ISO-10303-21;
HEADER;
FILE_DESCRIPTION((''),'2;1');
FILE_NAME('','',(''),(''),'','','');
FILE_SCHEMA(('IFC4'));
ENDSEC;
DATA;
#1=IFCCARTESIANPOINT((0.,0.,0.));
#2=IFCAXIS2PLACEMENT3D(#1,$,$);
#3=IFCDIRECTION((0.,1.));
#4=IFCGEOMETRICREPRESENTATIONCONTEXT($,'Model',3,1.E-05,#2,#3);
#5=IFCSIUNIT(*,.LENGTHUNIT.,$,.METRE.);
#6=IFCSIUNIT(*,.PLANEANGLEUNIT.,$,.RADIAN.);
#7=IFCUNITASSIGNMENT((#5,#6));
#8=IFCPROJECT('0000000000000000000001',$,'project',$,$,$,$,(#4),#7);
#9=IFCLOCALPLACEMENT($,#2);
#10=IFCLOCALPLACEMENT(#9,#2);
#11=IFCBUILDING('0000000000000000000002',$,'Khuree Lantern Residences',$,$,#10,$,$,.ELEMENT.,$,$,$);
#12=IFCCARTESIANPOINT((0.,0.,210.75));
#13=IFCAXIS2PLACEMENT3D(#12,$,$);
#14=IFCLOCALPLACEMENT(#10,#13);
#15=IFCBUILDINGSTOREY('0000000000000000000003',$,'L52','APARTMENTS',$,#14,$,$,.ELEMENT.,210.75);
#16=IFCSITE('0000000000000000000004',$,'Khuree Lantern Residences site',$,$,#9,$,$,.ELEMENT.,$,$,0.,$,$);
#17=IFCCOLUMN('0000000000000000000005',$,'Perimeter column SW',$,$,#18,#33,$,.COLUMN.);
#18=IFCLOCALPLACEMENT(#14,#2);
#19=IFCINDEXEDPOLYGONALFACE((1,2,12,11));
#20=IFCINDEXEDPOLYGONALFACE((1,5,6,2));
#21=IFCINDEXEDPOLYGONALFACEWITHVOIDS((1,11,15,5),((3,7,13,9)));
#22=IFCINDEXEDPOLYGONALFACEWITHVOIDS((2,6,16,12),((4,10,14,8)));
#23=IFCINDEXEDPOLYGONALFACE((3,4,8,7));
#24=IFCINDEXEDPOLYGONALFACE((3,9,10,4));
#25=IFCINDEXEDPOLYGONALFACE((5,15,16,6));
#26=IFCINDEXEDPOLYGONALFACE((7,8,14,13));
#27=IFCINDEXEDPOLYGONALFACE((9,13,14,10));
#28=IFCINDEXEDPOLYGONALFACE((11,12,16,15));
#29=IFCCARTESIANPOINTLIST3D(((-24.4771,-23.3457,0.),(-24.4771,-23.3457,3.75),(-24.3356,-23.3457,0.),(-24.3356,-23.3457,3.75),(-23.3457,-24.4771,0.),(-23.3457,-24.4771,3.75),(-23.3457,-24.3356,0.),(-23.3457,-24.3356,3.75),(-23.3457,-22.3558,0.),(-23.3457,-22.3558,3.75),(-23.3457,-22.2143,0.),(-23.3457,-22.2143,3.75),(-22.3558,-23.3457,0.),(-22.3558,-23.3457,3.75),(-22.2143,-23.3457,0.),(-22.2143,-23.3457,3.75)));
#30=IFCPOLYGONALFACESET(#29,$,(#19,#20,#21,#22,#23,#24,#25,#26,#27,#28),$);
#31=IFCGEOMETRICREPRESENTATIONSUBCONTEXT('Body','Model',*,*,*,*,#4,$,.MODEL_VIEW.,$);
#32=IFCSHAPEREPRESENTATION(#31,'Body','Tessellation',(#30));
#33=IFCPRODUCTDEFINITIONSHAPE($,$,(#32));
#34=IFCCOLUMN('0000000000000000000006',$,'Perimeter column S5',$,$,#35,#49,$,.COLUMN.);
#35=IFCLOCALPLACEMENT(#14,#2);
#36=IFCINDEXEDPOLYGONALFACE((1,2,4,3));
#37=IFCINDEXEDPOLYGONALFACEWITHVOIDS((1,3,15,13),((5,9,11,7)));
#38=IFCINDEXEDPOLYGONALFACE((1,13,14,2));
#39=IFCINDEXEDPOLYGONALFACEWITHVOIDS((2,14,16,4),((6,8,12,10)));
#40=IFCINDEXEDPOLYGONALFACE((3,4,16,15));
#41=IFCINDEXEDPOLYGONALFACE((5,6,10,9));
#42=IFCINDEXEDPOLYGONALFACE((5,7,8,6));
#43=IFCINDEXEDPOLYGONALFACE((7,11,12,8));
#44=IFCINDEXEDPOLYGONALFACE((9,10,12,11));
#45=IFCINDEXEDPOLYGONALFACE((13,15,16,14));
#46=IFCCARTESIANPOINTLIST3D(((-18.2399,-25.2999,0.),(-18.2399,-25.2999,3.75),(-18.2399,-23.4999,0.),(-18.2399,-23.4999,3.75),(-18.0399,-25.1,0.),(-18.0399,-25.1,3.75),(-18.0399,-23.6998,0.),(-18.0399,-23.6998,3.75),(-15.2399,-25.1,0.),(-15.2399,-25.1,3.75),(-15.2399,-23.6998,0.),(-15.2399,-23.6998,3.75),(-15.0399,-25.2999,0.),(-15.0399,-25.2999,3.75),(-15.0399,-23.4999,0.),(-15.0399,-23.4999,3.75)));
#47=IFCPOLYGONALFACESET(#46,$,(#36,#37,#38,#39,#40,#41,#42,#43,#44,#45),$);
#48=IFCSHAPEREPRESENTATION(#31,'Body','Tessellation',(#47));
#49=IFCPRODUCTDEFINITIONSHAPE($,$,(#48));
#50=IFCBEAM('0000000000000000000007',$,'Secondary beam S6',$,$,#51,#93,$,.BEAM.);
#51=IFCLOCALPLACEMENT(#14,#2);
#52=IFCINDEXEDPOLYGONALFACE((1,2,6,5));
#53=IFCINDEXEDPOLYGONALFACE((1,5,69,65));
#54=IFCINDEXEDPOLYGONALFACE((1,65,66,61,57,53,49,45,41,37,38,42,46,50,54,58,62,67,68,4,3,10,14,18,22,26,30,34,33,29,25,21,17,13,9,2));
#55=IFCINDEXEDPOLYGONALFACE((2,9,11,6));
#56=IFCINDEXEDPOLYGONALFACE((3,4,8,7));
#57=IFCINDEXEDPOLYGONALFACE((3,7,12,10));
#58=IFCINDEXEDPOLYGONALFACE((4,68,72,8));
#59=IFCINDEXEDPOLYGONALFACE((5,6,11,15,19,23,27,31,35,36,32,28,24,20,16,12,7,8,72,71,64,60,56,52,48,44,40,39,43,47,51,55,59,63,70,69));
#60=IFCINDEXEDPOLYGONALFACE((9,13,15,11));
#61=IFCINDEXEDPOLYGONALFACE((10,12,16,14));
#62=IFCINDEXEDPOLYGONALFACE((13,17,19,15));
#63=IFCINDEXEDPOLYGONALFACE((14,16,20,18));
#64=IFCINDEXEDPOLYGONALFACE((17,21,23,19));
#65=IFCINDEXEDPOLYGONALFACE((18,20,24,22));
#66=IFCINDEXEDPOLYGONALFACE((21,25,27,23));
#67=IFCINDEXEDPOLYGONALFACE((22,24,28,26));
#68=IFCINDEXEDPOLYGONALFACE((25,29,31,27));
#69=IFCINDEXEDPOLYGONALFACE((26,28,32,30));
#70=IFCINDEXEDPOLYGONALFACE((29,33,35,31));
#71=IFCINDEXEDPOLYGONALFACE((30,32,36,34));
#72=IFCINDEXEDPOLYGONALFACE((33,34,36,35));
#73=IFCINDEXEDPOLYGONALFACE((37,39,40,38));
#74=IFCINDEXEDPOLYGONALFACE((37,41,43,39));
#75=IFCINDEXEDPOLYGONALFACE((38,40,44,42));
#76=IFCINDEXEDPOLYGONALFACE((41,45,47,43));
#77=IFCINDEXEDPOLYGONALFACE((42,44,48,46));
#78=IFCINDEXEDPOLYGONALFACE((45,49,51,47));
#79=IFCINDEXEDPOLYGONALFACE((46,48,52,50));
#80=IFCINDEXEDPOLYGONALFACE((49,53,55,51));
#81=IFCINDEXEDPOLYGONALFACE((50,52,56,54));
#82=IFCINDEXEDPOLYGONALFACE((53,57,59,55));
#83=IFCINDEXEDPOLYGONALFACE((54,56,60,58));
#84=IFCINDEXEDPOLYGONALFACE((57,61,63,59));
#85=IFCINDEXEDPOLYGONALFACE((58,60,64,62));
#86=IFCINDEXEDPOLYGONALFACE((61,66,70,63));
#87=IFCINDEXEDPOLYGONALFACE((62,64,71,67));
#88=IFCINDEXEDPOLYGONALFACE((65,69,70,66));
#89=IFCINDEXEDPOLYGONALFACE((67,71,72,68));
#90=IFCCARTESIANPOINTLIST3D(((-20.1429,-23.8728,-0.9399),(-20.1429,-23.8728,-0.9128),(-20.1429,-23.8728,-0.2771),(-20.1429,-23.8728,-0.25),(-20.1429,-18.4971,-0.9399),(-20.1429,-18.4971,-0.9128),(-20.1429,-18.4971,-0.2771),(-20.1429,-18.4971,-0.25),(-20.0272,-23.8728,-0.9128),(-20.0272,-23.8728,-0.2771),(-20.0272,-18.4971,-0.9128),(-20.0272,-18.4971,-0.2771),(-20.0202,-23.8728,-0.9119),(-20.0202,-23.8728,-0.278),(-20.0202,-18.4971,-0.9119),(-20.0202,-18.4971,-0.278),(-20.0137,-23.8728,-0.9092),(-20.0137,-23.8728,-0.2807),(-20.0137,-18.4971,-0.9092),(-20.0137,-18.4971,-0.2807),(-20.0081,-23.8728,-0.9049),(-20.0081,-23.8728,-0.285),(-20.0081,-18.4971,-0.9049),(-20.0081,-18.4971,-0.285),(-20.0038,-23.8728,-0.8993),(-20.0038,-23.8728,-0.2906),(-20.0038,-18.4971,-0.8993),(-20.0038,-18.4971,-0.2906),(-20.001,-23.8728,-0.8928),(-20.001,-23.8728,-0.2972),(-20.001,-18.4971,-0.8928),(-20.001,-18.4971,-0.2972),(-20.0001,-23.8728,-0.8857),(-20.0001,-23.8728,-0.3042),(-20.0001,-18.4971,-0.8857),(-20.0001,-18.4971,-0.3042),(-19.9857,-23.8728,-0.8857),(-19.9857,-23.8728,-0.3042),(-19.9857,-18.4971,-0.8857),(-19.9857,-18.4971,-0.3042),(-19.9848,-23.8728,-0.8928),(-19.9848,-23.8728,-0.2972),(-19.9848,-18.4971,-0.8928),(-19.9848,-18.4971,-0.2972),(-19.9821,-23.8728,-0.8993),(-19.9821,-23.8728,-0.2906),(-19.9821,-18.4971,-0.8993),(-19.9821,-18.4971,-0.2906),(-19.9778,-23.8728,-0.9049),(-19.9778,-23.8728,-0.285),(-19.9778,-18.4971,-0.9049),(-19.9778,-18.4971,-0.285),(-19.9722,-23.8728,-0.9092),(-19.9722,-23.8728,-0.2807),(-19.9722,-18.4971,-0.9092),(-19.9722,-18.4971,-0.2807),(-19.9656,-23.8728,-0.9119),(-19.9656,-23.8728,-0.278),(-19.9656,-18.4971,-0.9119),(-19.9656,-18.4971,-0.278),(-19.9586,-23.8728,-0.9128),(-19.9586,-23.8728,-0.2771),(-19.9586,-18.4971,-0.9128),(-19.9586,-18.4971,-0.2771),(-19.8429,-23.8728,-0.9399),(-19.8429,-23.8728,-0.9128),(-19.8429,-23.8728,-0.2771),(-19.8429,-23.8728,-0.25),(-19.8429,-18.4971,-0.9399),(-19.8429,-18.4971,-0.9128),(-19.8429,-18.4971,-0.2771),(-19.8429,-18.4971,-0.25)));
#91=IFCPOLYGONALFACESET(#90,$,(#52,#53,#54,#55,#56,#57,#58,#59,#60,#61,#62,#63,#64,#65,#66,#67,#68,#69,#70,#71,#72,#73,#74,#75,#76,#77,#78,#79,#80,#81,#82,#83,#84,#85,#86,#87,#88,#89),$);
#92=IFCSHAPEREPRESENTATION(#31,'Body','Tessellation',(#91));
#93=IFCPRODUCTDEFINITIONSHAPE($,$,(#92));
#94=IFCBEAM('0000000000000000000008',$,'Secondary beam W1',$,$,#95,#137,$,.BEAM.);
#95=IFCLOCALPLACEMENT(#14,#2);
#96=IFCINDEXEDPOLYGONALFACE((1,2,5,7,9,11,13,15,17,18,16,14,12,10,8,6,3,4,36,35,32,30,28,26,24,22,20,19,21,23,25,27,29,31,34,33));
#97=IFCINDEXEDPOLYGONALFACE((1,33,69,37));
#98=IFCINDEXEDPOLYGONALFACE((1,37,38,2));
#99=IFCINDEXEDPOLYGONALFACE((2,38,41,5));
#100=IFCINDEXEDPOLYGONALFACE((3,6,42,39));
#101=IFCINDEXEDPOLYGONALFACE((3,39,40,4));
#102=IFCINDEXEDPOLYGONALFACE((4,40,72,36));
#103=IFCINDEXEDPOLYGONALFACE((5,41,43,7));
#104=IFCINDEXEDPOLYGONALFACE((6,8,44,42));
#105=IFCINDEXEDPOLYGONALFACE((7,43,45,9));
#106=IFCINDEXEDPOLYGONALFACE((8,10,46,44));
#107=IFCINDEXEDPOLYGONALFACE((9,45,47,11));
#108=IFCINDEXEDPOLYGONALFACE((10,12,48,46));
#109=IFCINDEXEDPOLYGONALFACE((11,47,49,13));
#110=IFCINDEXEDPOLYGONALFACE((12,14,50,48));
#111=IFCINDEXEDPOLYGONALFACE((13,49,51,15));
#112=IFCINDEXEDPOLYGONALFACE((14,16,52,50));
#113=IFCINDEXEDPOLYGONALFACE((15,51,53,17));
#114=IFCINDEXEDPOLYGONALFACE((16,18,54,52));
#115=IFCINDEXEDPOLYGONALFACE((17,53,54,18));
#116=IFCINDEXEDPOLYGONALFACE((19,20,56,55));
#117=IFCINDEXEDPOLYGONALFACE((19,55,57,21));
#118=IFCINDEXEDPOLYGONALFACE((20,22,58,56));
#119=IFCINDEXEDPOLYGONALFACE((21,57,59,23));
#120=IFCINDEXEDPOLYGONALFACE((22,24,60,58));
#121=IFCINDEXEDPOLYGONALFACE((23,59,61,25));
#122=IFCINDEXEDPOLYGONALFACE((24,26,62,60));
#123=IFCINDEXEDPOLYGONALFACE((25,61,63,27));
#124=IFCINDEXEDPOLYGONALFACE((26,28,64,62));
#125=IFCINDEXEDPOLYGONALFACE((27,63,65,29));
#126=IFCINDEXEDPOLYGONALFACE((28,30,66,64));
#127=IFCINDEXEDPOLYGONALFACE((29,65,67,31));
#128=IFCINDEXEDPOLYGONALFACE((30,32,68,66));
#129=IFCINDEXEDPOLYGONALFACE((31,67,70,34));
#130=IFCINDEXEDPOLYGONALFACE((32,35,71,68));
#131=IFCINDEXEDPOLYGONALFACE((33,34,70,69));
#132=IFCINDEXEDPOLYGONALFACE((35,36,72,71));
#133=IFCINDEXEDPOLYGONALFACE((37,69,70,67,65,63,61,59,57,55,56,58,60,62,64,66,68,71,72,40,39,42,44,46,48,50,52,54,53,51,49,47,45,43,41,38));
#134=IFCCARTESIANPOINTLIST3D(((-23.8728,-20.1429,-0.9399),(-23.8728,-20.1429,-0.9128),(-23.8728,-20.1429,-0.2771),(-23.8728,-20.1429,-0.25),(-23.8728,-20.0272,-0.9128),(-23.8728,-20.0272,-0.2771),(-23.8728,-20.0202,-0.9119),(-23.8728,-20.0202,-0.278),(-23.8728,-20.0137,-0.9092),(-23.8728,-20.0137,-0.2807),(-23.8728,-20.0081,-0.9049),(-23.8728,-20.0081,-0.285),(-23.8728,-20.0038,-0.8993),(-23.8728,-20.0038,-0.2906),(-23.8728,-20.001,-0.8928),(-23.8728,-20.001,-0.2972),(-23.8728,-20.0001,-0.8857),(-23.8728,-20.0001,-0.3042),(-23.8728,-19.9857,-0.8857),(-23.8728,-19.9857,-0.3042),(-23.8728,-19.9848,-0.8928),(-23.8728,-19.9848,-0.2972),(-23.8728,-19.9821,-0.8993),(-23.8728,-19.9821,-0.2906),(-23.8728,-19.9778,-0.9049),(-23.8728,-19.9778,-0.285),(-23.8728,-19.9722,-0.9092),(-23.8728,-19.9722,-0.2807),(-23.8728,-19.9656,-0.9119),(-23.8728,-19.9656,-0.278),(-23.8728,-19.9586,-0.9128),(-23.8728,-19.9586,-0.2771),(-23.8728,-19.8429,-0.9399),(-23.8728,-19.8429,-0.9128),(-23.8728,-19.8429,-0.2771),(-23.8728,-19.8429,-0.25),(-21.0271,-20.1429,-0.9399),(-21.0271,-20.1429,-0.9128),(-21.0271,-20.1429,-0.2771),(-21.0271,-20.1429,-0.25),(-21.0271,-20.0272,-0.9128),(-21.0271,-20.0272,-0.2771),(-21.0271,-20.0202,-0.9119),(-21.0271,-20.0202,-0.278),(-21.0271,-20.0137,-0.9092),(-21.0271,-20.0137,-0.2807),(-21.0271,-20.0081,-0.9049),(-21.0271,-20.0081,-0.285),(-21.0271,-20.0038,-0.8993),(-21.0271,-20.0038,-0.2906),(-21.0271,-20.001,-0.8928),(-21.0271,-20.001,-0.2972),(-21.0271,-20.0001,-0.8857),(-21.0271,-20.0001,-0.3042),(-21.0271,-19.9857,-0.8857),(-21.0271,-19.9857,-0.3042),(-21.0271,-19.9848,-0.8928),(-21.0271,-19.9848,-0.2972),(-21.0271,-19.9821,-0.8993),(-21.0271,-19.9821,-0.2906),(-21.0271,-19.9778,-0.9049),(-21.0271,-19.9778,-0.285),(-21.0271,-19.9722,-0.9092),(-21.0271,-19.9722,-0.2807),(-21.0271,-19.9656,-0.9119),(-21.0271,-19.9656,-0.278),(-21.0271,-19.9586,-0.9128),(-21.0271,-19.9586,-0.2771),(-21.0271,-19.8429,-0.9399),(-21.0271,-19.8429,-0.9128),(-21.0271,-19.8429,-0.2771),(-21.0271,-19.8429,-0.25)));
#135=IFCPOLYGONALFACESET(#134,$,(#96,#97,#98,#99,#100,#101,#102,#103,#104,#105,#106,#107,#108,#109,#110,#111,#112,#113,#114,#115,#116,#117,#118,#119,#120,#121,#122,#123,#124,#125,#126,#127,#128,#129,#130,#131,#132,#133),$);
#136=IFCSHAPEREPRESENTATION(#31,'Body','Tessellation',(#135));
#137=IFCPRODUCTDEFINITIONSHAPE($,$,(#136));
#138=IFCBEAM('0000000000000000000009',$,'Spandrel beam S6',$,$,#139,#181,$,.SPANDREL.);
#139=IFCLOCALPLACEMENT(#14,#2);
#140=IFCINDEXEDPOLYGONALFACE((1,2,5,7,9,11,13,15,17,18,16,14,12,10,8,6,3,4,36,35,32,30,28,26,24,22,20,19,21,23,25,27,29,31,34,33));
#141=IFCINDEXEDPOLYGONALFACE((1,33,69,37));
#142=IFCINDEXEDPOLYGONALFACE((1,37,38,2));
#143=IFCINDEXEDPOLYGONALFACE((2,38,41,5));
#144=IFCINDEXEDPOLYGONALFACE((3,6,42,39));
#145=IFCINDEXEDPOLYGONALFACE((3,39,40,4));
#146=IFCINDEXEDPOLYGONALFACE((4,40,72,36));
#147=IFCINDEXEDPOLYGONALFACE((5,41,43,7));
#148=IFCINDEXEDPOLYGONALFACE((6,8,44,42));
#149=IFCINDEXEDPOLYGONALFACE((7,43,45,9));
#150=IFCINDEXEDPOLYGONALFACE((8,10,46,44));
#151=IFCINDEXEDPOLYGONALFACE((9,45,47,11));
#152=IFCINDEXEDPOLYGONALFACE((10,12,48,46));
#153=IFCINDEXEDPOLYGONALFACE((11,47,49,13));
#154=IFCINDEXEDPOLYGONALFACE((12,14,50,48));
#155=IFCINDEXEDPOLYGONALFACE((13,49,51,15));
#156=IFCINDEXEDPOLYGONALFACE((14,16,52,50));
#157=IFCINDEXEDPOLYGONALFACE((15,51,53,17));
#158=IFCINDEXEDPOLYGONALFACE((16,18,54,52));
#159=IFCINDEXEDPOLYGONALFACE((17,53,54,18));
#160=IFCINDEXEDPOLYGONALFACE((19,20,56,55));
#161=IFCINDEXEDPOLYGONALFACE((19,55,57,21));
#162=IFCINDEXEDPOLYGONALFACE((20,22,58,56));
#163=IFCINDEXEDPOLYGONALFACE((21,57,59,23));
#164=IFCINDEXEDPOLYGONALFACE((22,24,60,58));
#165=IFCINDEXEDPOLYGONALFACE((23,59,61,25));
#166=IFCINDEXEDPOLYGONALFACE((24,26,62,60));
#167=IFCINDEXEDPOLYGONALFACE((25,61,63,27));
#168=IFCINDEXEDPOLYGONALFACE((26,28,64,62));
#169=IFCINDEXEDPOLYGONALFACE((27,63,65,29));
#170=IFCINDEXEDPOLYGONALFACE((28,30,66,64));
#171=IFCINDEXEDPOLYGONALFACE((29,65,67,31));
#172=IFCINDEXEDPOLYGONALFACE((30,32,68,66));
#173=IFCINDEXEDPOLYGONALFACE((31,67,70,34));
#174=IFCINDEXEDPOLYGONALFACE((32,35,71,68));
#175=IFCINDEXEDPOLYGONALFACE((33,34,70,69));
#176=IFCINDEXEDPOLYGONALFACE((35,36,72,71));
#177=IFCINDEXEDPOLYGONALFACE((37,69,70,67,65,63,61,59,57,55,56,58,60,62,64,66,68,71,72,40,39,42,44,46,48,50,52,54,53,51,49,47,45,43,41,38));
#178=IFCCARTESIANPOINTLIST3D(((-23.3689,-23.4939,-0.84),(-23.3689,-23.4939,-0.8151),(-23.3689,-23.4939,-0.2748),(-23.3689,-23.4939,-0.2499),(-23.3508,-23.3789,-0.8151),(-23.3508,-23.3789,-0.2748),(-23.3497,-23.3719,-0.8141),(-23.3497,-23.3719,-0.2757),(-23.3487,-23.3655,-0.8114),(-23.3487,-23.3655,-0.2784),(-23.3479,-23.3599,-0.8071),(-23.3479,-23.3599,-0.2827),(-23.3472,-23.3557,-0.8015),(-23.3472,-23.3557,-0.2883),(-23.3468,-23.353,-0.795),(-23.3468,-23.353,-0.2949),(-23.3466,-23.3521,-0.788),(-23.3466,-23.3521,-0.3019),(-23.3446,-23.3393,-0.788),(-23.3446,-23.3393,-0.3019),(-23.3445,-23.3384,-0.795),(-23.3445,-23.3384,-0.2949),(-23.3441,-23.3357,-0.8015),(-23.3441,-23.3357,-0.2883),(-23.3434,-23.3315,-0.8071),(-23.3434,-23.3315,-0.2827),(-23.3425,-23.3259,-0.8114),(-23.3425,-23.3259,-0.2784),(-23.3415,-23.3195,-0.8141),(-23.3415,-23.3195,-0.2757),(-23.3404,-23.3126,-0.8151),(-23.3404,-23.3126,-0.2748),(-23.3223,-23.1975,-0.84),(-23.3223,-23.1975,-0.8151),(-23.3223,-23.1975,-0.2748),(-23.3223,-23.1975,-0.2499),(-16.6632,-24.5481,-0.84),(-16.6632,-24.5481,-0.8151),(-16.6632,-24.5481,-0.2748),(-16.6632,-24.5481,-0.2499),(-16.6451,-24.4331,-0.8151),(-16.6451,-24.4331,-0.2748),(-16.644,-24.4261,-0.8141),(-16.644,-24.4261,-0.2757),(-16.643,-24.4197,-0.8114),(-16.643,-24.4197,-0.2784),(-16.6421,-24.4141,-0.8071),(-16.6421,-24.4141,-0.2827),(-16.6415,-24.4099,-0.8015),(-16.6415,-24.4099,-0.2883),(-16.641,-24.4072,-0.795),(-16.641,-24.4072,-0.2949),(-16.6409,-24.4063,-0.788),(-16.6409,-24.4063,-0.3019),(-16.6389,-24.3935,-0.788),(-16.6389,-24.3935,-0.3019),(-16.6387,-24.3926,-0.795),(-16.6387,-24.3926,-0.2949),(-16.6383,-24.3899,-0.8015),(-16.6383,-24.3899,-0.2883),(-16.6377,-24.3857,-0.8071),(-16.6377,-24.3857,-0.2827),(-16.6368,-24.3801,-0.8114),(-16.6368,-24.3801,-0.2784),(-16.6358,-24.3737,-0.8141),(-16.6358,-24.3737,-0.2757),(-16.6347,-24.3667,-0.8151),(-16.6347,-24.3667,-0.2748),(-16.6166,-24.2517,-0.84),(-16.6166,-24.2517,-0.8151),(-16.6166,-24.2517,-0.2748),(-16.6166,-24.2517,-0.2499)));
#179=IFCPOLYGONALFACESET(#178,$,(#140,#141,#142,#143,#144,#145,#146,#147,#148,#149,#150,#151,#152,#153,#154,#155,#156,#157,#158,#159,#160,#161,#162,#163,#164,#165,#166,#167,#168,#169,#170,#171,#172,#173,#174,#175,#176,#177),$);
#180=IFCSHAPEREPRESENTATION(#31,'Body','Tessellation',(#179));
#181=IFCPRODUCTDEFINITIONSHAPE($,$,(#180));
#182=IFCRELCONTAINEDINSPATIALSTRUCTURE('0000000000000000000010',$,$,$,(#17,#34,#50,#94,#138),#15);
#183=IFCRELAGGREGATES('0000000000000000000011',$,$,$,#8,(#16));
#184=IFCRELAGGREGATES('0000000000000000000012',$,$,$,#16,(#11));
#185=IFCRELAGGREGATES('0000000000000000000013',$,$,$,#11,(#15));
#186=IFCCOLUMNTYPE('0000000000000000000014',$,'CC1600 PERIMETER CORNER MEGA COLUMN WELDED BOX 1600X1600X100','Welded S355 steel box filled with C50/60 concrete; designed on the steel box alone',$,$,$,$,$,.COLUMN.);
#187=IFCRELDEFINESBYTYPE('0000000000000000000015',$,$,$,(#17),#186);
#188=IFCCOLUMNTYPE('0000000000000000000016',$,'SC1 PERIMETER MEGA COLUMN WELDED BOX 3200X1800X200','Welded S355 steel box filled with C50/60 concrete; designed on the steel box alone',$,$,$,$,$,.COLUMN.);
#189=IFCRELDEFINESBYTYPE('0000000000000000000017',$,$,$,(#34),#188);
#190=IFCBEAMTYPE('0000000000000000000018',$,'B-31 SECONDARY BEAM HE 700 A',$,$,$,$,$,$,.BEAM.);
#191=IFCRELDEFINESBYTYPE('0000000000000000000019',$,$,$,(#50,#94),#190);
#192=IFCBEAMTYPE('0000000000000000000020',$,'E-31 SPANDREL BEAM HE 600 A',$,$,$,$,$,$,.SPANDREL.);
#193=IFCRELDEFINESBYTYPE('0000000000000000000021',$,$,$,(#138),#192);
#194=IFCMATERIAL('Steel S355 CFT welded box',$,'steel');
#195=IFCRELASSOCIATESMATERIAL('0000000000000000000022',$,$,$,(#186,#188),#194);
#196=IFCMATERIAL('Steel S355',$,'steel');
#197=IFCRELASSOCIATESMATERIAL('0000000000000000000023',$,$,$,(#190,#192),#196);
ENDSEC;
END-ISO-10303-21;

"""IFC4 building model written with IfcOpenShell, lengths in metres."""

from ifc_helpers import new_model, si_unit, direction, frame, origin, origin_2d, place, context, subcontext, project, spatial, hollow_rectangle, i_section, extrude, material, material_profile, profile_set, type_object, element, save


model = new_model("IFC4")

# Units and contexts
model_context = context("Model", 3, precision=1e-05, world=origin(), true_north=direction((0.0, 1.0)))
body_context = subcontext(model_context, "Body", "Model", "MODEL_VIEW")
ifc_project = project(units=[si_unit("LENGTHUNIT", "METRE"), si_unit("PLANEANGLEUNIT", "RADIAN")], contexts=[model_context])

# Site, building, storey
site_placement = place(None, origin())
site = spatial("IfcSite", under=ifc_project, at=site_placement, Name="Khuree Lantern Residences site", CompositionType="ELEMENT", RefElevation=0.0)
building_placement = place(site_placement, origin())
building = spatial("IfcBuilding", under=site, at=building_placement, Name="Khuree Lantern Residences", CompositionType="ELEMENT")
storey_placement = place(building_placement, frame((0.0, 0.0, 210.75)))
storey = spatial("IfcBuildingStorey", under=building, at=storey_placement, Name="L52", Description="APARTMENTS", CompositionType="ELEMENT", Elevation=210.75)

# Columns
ifc_material_1 = material(Name="Steel S355 CFT welded box", Category="steel")
ifc_material_profile_1 = material_profile(ifc_material_1, hollow_rectangle(XDim=1.6001, YDim=1.6001, WallThickness=0.1001, at=origin_2d()), Name="WELDED BOX 1600X1600X100")
ifc_profile_set_1 = profile_set([ifc_material_profile_1], Name="Steel S355 CFT welded box")
column_type_1 = type_object("IfcColumnType", Name="CC1600 PERIMETER CORNER MEGA COLUMN WELDED BOX 1600X1600X100", Description="Welded S355 steel box filled with C50/60 concrete; designed on the steel box alone", PredefinedType="COLUMN", material=ifc_profile_set_1)
column_1_placement = place(storey_placement, frame((-23.3457, -23.3457, 0.0), z_axis=(0.0, 0.0, 1.0), x_axis=(0.707107, -0.707107, 0.0)))
element("IfcColumn", 1, at=column_1_placement, inside=storey, type_object=column_type_1, Name="Perimeter column SW", PredefinedType="COLUMN", context=body_context, shape_type="SweptSolid", body=[
    extrude(hollow_rectangle(XDim=1.6001, YDim=1.6001, WallThickness=0.1001, at=origin_2d()), origin(), (0.0, 0.0, 1.0), 3.75),
])
ifc_material_profile_2 = material_profile(ifc_material_1, hollow_rectangle(XDim=3.2, YDim=1.8, WallThickness=0.2, at=origin_2d()), Name="WELDED BOX 3200X1800X200")
ifc_profile_set_2 = profile_set([ifc_material_profile_2], Name="Steel S355 CFT welded box")
column_type_2 = type_object("IfcColumnType", Name="SC1 PERIMETER MEGA COLUMN WELDED BOX 3200X1800X200", Description="Welded S355 steel box filled with C50/60 concrete; designed on the steel box alone", PredefinedType="COLUMN", material=ifc_profile_set_2)
column_2_placement = place(storey_placement, frame((-16.6399, -24.3999, 0.0), z_axis=(0.0, 0.0, 1.0), x_axis=(1.0, 0.0, 0.0)))
element("IfcColumn", 2, at=column_2_placement, inside=storey, type_object=column_type_2, Name="Perimeter column S5", PredefinedType="COLUMN", context=body_context, shape_type="SweptSolid", body=[
    extrude(hollow_rectangle(XDim=3.2, YDim=1.8, WallThickness=0.2, at=origin_2d()), origin(), (0.0, 0.0, 1.0), 3.75),
])

# Beams
ifc_material_2 = material(Name="Steel S355", Category="steel")
ifc_material_profile_3 = material_profile(ifc_material_2, i_section(OverallWidth=0.3, OverallDepth=0.6899, WebThickness=0.0144, FlangeThickness=0.0271, FilletRadius=0.0271, at=origin_2d()), Name="HE 700 A")
ifc_profile_set_3 = profile_set([ifc_material_profile_3], Name="Steel S355")
beam_type_1 = type_object("IfcBeamType", Name="B-31 SECONDARY BEAM HE 700 A", PredefinedType="BEAM", material=ifc_profile_set_3)
beam_1_placement = place(storey_placement, frame((-19.9929, -23.8728, -0.595), z_axis=(0.0, 1.0, 0.0), x_axis=(-1.0, 0.0, 0.0)))
element("IfcBeam", 3, at=beam_1_placement, inside=storey, type_object=beam_type_1, Name="Secondary beam S6", PredefinedType="BEAM", context=body_context, shape_type="SweptSolid", body=[
    extrude(i_section(OverallWidth=0.3, OverallDepth=0.6899, WebThickness=0.0144, FlangeThickness=0.0271, FilletRadius=0.0271, at=origin_2d()), origin(), (0.0, 0.0, 1.0), 5.3757),
])
beam_2_placement = place(storey_placement, frame((-23.8728, -19.9929, -0.595), z_axis=(1.0, 0.0, 0.0), x_axis=(0.0, 1.0, 0.0)))
element("IfcBeam", 4, at=beam_2_placement, inside=storey, type_object=beam_type_1, Name="Secondary beam W1", PredefinedType="BEAM", context=body_context, shape_type="SweptSolid", body=[
    extrude(i_section(OverallWidth=0.3, OverallDepth=0.6899, WebThickness=0.0144, FlangeThickness=0.0271, FilletRadius=0.0271, at=origin_2d()), origin(), (0.0, 0.0, 1.0), 2.8457),
])
ifc_material_profile_4 = material_profile(ifc_material_2, i_section(OverallWidth=0.3, OverallDepth=0.5901, WebThickness=0.0129, FlangeThickness=0.0249, FilletRadius=0.0271, at=origin_2d()), Name="HE 600 A")
ifc_profile_set_4 = profile_set([ifc_material_profile_4], Name="Steel S355")
beam_type_2 = type_object("IfcBeamType", Name="E-31 SPANDREL BEAM HE 600 A", PredefinedType="SPANDREL", material=ifc_profile_set_4)
for number, where, z_axis, x_axis, name in (
    (5, (-16.6399, -24.3999, -0.5449), (-0.987867, 0.1553, 0.0), (-0.1553, -0.987867, 0.0), "Spandrel beam S6"),
):
    element("IfcBeam", number, at=place(storey_placement, frame(where, z_axis=z_axis, x_axis=x_axis)), inside=storey, type_object=beam_type_2, Name=name, PredefinedType="SPANDREL", context=body_context, shape_type="SweptSolid", body=[
        extrude(i_section(OverallWidth=0.3, OverallDepth=0.5901, WebThickness=0.0129, FlangeThickness=0.0249, FilletRadius=0.0271, at=origin_2d()), origin(), (0.0, 0.0, 1.0), 6.7881),
    ])

save(model, "model.ifc")
